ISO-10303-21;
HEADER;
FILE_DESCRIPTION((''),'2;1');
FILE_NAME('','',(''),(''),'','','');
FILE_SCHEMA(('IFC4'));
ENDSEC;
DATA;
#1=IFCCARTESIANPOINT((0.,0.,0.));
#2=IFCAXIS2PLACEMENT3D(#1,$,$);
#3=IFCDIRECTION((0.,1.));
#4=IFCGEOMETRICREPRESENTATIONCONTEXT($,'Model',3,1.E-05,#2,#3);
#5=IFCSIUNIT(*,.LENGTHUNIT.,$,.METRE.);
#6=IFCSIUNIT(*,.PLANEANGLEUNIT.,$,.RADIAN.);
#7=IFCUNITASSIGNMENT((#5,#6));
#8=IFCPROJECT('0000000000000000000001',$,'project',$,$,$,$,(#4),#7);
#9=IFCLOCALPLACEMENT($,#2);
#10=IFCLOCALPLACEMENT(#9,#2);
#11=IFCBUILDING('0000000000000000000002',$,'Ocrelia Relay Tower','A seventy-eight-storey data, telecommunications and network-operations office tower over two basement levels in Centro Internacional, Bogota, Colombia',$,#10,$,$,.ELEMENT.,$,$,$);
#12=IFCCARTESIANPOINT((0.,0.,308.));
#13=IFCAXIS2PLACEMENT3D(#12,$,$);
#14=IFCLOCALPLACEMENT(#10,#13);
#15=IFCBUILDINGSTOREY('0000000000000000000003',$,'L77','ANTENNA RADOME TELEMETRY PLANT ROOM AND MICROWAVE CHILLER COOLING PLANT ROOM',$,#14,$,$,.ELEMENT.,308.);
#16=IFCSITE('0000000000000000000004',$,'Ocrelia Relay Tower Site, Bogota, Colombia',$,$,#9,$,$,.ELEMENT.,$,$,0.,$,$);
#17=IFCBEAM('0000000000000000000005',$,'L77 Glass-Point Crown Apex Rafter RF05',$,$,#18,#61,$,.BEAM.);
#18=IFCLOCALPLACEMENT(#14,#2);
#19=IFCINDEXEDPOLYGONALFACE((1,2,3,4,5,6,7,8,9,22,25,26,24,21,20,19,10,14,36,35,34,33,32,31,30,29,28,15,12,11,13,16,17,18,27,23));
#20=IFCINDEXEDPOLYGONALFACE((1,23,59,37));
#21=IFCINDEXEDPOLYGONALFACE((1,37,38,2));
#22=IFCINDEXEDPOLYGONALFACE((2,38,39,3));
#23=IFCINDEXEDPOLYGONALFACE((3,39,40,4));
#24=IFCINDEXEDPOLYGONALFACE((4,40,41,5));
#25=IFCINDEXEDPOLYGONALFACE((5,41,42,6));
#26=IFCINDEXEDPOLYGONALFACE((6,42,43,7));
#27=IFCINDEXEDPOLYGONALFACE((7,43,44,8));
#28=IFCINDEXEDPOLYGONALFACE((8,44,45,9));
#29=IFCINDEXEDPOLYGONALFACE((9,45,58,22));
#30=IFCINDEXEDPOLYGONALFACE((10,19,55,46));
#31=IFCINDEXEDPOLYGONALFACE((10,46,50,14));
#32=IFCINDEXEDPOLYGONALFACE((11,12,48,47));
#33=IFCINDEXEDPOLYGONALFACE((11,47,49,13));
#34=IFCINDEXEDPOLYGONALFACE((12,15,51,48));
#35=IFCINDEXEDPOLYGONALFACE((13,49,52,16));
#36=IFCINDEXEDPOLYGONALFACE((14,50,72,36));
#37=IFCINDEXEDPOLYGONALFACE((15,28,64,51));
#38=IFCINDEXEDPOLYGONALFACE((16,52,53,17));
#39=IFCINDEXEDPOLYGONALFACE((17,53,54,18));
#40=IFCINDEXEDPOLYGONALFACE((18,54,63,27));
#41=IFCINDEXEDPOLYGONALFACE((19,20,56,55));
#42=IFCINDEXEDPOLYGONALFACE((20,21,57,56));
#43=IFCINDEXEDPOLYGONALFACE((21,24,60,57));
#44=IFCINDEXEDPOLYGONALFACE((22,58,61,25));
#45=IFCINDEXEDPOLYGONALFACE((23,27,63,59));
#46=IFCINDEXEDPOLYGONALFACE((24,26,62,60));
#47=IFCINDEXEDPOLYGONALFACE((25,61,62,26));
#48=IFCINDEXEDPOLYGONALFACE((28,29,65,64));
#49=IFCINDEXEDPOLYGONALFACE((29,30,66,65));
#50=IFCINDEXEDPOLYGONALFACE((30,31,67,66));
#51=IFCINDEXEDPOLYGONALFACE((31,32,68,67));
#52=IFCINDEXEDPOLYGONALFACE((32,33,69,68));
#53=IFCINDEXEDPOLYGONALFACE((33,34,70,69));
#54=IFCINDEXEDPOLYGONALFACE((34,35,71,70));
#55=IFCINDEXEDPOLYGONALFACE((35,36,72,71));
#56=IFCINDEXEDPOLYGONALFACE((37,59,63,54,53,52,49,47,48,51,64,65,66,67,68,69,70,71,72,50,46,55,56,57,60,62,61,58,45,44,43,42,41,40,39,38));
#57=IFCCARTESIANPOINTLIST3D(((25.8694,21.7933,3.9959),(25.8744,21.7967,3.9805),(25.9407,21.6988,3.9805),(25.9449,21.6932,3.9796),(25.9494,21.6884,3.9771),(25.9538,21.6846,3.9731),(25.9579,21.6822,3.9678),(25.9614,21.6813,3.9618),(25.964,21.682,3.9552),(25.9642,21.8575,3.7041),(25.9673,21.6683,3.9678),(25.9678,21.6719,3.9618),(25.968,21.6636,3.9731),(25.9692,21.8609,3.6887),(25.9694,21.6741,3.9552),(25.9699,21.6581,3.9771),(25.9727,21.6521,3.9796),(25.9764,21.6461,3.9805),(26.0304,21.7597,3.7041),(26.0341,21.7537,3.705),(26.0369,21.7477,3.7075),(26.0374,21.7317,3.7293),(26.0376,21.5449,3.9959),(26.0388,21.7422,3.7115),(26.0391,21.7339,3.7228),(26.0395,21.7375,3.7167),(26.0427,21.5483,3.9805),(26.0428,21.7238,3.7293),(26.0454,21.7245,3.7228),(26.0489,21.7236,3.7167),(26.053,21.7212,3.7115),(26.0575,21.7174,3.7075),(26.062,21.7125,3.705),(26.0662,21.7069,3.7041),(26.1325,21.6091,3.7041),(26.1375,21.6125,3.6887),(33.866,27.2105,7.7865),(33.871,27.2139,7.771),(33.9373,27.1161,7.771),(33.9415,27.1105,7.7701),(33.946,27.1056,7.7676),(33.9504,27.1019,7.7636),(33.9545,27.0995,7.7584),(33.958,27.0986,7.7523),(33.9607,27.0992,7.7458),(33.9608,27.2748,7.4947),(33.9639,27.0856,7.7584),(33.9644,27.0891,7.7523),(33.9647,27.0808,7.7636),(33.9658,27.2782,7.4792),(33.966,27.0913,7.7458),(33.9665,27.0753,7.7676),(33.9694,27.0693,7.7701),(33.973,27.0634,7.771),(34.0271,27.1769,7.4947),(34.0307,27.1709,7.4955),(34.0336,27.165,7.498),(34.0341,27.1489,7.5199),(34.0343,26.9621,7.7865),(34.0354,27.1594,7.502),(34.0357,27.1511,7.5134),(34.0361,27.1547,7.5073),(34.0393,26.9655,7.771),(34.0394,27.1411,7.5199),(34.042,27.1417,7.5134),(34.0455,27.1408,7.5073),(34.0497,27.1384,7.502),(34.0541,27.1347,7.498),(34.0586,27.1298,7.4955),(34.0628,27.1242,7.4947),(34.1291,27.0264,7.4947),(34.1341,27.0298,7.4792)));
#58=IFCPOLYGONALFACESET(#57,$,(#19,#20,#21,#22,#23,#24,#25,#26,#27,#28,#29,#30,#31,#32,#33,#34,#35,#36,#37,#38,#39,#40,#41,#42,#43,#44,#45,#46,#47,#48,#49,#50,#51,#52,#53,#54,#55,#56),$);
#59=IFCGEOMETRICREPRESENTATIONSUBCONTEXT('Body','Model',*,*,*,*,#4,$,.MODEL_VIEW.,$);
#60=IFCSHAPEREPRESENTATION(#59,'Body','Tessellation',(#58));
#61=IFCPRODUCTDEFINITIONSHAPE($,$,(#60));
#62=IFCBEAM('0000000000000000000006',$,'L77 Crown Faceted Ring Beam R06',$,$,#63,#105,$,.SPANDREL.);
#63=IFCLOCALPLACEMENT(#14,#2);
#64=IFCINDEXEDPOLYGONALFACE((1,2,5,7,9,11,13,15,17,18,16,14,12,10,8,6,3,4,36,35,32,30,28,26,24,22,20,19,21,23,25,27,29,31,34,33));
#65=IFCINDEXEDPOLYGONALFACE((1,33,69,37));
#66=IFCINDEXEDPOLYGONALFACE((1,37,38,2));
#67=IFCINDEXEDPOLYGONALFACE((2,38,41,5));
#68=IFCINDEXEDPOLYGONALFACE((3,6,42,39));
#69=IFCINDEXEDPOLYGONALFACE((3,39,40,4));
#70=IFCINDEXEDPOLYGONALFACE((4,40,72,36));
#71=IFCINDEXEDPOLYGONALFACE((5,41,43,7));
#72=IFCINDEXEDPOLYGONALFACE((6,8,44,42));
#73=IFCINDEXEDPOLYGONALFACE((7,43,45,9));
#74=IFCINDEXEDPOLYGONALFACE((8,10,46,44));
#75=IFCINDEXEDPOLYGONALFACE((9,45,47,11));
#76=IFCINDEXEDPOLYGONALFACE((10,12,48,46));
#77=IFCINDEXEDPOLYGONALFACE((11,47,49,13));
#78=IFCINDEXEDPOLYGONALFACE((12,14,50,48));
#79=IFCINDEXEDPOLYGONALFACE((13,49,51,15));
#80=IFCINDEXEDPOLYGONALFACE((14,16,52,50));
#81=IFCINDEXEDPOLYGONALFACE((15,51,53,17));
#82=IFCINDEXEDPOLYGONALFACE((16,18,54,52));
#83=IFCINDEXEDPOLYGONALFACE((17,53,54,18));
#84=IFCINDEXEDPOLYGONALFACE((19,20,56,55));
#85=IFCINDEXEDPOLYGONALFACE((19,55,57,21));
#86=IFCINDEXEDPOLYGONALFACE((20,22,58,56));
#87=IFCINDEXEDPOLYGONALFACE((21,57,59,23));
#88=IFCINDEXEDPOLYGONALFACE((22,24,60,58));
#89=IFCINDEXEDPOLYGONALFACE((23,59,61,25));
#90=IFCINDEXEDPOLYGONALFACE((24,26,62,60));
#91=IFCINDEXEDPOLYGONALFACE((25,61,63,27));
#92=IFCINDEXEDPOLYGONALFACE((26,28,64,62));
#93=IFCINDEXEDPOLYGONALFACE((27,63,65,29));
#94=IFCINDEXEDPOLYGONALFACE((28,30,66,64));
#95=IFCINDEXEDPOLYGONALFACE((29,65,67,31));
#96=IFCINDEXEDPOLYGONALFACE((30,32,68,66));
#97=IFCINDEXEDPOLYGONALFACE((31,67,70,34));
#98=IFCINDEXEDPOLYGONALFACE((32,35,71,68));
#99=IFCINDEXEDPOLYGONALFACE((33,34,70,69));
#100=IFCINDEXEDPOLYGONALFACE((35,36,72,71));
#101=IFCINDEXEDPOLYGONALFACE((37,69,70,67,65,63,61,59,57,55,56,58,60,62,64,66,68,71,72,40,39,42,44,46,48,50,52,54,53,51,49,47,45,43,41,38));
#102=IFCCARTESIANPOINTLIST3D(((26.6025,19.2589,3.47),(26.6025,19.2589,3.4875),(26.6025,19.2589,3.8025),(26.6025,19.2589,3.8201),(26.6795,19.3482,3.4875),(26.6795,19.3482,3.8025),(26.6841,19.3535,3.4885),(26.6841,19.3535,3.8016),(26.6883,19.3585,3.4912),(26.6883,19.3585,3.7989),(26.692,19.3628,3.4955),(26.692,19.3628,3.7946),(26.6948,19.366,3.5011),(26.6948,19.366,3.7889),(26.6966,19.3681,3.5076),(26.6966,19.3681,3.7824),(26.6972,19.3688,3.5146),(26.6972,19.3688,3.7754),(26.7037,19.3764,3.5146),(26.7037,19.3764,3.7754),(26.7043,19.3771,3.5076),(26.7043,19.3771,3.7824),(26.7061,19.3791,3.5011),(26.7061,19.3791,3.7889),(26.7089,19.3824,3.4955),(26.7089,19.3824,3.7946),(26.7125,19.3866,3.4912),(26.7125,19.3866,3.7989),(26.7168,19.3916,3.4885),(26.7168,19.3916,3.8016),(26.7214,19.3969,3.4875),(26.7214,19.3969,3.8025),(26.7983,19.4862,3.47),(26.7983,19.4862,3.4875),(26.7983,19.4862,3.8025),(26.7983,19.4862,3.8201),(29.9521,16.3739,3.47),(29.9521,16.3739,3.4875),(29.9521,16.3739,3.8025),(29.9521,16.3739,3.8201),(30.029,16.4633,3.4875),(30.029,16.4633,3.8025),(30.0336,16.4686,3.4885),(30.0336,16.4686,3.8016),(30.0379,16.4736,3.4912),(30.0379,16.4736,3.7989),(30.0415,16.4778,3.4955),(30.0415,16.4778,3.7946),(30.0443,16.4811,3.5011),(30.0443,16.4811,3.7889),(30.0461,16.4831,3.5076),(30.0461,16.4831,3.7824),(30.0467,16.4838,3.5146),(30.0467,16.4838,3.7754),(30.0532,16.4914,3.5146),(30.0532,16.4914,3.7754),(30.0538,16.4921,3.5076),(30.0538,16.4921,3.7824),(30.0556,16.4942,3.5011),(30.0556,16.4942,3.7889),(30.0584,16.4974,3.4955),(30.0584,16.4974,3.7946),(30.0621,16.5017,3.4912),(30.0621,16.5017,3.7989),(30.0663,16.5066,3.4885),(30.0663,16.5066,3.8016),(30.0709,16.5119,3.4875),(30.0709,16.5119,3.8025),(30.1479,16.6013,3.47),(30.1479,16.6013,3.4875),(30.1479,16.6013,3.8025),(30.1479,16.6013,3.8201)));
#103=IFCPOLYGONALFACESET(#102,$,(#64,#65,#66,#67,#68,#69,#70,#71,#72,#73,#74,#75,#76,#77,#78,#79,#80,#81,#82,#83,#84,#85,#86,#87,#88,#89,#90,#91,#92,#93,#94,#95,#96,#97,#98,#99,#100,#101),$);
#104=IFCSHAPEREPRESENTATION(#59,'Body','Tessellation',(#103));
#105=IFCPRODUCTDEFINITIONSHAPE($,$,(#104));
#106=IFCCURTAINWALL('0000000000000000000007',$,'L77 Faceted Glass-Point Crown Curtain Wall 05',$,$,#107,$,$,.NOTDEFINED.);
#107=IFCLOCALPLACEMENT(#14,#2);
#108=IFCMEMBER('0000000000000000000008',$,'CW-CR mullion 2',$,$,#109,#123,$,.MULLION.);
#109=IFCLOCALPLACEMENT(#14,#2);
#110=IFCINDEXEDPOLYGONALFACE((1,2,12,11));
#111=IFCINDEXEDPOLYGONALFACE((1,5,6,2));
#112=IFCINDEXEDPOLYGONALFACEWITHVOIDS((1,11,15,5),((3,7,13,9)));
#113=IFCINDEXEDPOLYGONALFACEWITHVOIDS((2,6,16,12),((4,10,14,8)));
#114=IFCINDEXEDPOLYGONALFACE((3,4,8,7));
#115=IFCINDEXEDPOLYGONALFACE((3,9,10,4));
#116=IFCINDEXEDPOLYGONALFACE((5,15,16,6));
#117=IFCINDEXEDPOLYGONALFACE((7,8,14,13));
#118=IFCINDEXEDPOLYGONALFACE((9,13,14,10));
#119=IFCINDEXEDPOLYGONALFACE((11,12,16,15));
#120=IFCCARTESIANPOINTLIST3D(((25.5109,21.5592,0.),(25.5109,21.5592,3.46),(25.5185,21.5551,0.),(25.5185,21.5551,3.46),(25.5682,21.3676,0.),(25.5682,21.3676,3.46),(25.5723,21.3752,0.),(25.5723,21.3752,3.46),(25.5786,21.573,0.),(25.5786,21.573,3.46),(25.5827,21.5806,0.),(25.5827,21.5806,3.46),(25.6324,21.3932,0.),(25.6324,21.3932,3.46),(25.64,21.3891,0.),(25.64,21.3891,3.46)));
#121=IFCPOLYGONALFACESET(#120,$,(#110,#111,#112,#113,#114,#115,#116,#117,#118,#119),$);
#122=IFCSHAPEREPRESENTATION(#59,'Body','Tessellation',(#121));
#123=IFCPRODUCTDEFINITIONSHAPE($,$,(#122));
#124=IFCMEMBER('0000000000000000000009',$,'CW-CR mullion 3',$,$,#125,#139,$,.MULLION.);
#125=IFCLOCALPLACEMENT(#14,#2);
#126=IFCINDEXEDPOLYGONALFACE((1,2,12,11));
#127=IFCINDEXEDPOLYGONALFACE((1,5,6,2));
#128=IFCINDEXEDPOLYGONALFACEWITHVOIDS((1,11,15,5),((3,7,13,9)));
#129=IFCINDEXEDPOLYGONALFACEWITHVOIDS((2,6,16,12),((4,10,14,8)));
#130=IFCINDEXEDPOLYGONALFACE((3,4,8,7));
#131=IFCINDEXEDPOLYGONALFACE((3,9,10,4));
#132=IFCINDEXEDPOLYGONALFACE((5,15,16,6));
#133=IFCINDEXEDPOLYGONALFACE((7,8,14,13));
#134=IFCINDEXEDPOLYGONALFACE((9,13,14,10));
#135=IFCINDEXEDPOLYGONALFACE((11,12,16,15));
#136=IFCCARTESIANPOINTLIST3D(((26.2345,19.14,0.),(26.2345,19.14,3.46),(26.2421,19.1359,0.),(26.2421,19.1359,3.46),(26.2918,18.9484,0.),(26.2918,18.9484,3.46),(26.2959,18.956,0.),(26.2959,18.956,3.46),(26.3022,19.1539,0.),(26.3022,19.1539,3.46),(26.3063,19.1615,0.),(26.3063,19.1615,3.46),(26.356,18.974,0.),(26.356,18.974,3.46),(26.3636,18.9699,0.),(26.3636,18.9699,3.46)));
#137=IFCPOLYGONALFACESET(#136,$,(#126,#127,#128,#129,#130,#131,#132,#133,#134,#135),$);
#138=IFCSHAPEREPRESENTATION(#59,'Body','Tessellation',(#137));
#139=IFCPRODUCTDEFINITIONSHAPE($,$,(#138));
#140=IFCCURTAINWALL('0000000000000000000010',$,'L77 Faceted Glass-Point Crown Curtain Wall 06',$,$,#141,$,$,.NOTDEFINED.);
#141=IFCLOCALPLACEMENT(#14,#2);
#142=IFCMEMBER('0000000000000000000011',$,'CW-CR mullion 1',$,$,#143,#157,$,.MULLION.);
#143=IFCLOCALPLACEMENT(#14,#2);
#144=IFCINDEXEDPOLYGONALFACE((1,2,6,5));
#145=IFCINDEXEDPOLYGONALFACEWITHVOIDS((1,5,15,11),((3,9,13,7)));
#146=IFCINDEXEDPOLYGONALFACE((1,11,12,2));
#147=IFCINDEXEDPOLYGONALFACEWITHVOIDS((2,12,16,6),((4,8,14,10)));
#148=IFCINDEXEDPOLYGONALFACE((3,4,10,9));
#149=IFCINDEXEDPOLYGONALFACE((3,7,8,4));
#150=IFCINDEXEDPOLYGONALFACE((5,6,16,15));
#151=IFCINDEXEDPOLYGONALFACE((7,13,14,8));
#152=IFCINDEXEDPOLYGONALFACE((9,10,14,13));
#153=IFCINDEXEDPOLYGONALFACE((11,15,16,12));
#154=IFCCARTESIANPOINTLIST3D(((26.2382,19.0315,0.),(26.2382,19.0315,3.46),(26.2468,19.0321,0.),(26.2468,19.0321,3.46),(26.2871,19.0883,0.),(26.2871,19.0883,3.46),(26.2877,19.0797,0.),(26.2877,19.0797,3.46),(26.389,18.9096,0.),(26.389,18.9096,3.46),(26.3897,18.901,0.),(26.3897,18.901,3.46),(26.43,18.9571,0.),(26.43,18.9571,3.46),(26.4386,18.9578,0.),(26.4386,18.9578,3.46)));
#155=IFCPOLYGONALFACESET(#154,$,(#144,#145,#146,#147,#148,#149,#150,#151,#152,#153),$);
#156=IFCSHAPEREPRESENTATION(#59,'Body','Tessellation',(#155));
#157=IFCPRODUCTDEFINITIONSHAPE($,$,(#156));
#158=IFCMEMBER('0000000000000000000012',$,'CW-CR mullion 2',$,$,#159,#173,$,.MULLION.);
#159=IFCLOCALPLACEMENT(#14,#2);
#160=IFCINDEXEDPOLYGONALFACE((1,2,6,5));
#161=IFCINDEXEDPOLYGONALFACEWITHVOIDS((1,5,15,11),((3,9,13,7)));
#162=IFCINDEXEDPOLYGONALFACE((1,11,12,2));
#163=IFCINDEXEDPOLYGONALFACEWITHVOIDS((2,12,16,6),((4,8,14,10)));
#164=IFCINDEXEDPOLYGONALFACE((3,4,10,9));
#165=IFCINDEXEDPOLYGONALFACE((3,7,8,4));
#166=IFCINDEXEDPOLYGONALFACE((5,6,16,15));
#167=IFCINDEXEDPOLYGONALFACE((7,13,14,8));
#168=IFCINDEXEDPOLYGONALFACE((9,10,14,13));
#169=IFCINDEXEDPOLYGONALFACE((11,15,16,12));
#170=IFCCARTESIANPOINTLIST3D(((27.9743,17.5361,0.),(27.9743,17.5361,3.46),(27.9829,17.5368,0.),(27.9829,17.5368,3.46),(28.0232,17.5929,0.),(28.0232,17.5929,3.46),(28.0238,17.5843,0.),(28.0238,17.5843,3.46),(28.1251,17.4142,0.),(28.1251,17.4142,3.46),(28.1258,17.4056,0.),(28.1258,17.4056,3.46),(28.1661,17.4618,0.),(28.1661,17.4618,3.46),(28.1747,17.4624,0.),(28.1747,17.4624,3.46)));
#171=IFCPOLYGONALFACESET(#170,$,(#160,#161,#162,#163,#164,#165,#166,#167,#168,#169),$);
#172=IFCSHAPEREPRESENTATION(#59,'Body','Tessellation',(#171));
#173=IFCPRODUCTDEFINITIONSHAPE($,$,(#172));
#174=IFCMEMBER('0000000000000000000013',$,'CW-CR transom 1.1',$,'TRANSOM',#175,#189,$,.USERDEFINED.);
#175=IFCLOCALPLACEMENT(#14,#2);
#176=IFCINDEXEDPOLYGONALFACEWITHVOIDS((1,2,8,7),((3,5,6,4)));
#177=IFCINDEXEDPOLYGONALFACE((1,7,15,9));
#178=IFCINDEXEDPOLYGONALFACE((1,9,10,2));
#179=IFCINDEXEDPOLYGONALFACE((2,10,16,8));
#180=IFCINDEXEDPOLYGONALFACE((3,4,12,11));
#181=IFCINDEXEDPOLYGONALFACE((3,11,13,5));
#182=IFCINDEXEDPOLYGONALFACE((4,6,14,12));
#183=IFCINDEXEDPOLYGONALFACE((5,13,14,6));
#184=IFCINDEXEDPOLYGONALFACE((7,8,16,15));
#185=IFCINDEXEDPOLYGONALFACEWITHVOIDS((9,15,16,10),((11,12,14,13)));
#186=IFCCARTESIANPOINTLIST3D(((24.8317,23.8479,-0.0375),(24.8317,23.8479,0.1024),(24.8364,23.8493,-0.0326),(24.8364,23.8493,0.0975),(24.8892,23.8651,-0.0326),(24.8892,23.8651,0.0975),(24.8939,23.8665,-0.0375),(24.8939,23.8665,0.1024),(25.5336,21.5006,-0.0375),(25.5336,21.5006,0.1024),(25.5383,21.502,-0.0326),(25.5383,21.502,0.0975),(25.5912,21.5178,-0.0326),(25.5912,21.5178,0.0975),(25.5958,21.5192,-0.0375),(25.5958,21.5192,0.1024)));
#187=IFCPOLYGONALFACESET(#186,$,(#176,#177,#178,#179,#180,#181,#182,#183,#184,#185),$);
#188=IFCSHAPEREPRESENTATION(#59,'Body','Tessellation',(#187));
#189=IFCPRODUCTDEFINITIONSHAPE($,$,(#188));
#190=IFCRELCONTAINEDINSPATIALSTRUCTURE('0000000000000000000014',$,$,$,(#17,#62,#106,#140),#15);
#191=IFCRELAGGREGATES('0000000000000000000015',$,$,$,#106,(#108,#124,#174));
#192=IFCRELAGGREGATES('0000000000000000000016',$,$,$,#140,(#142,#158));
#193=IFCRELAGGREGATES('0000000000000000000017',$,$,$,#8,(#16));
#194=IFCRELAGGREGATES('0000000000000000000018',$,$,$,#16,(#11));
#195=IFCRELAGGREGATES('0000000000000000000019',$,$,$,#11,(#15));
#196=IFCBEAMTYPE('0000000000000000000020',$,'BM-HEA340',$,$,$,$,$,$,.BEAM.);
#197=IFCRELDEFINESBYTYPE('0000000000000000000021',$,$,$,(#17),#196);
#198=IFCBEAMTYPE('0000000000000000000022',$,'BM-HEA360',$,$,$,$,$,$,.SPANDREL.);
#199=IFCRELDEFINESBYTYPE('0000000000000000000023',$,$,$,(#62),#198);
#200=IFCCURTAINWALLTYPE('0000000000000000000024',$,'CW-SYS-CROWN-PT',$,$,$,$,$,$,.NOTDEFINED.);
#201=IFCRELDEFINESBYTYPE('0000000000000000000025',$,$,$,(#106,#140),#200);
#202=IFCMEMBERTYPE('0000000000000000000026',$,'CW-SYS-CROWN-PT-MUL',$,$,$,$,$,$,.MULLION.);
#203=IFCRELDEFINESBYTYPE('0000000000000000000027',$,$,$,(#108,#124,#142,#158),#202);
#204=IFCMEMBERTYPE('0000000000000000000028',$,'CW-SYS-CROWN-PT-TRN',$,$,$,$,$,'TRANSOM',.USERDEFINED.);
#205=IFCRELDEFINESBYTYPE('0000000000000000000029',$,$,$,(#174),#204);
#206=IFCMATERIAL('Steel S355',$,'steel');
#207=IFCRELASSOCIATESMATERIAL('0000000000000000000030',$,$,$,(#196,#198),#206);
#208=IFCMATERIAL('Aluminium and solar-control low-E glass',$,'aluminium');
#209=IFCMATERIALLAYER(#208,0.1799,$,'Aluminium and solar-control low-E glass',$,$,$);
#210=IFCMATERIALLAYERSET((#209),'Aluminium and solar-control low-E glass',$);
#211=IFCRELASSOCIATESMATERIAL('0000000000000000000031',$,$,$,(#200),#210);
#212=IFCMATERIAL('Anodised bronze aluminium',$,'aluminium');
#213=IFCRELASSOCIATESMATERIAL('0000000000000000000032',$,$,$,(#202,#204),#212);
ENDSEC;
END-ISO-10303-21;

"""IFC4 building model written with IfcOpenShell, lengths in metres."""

from ifc_helpers import new_model, si_unit, direction, frame, origin, origin_2d, place, context, subcontext, project, spatial, hollow_rectangle, i_section, extrude, material, layer, layer_set, material_profile, profile_set, type_object, element, aggregate, save


model = new_model("IFC4")

# Units and contexts
model_context = context("Model", 3, precision=1e-05, world=origin(), true_north=direction((0.0, 1.0)))
body_context = subcontext(model_context, "Body", "Model", "MODEL_VIEW")
ifc_project = project(units=[si_unit("LENGTHUNIT", "METRE"), si_unit("PLANEANGLEUNIT", "RADIAN")], contexts=[model_context])

# Site, building, storey
site_placement = place(None, origin())
site = spatial("IfcSite", under=ifc_project, at=site_placement, Name="Ocrelia Relay Tower Site, Bogota, Colombia", CompositionType="ELEMENT", RefElevation=0.0)
building_placement = place(site_placement, origin())
building = spatial("IfcBuilding", under=site, at=building_placement, Name="Ocrelia Relay Tower", Description="A seventy-eight-storey data, telecommunications and network-operations office tower over two basement levels in Centro Internacional, Bogota, Colombia", CompositionType="ELEMENT")
storey_placement = place(building_placement, frame((0.0, 0.0, 308.0)))
storey = spatial("IfcBuildingStorey", under=building, at=storey_placement, Name="L77", Description="ANTENNA RADOME TELEMETRY PLANT ROOM AND MICROWAVE CHILLER COOLING PLANT ROOM", CompositionType="ELEMENT", Elevation=308.0)

# Beams
ifc_material_1 = material(Name="Steel S355", Category="steel")
ifc_material_profile_1 = material_profile(ifc_material_1, i_section(OverallWidth=0.3, OverallDepth=0.3301, WebThickness=0.0095, FlangeThickness=0.0166, FilletRadius=0.0271, at=origin_2d()), Name="HEA 340")
ifc_profile_set_1 = profile_set([ifc_material_profile_1], Name="Steel S355")
beam_type_1 = type_object("IfcBeamType", Name="BM-HEA340", PredefinedType="BEAM", material=ifc_profile_set_1)
beam_1_placement = place(storey_placement, frame((26.0034, 21.7029, 3.8423), z_axis=(0.770686, 0.522097, 0.365319), x_axis=(-0.560862, 0.827909, 0.0)))
element("IfcBeam", 1, at=beam_1_placement, inside=storey, type_object=beam_type_1, Name="L77 Glass-Point Crown Apex Rafter RF05", PredefinedType="BEAM", context=body_context, shape_type="SweptSolid", body=[
    extrude(i_section(OverallWidth=0.3, OverallDepth=0.3301, WebThickness=0.0095, FlangeThickness=0.0166, FilletRadius=0.0271, at=origin_2d()), origin(), (0.0, 0.0, 1.0), 10.376),
])
ifc_material_profile_2 = material_profile(ifc_material_1, i_section(OverallWidth=0.3, OverallDepth=0.3501, WebThickness=0.01, FlangeThickness=0.0176, FilletRadius=0.0271, at=origin_2d()), Name="HEA 360")
ifc_profile_set_2 = profile_set([ifc_material_profile_2], Name="Steel S355")
beam_type_2 = type_object("IfcBeamType", Name="BM-HEA360", PredefinedType="SPANDREL", material=ifc_profile_set_2)
beam_2_placement = place(storey_placement, frame((26.7004, 19.3726, 3.645), z_axis=(0.757699, -0.652604, 0.0), x_axis=(0.652604, 0.757699, 0.0)))
element("IfcBeam", 2, at=beam_2_placement, inside=storey, type_object=beam_type_2, Name="L77 Crown Faceted Ring Beam R06", PredefinedType="SPANDREL", context=body_context, shape_type="SweptSolid", body=[
    extrude(i_section(OverallWidth=0.3, OverallDepth=0.3501, WebThickness=0.01, FlangeThickness=0.0176, FilletRadius=0.0271, at=origin_2d()), origin(), (0.0, 0.0, 1.0), 4.4207),
])

# Curtain walls, members
ifc_material_2 = material(Name="Aluminium and solar-control low-E glass", Category="aluminium")
ifc_layer_1 = layer(ifc_material_2, 0.1799, Name="Aluminium and solar-control low-E glass")
ifc_layer_set_1 = layer_set([ifc_layer_1], Name="Aluminium and solar-control low-E glass")
curtain_wall_type = type_object("IfcCurtainWallType", Name="CW-SYS-CROWN-PT", PredefinedType="NOTDEFINED", material=ifc_layer_set_1)
curtain_wall_1_placement = place(storey_placement, origin())
curtain_wall_1 = element("IfcCurtainWall", 3, at=curtain_wall_1_placement, inside=storey, type_object=curtain_wall_type, Name="L77 Faceted Glass-Point Crown Curtain Wall 05", PredefinedType="NOTDEFINED")
ifc_material_3 = material(Name="Anodised bronze aluminium", Category="aluminium")
ifc_material_profile_3 = material_profile(ifc_material_3, hollow_rectangle(XDim=0.075, YDim=0.2, WallThickness=0.0061, at=origin_2d()), Name="CW-MUL-200x75")
ifc_profile_set_3 = profile_set([ifc_material_profile_3], Name="Anodised bronze aluminium")
member_type_1 = type_object("IfcMemberType", Name="CW-SYS-CROWN-PT-MUL", PredefinedType="MULLION", material=ifc_profile_set_3)
member_1_placement = place(storey_placement, frame((25.5754, 21.4741, 0.0), z_axis=(0.0, 0.0, 1.0), x_axis=(0.958057, 0.286578, 0.0)))
member_1 = element("IfcMember", 4, at=member_1_placement, type_object=member_type_1, Name="CW-CR mullion 2", PredefinedType="MULLION", context=body_context, shape_type="SweptSolid", body=[
    extrude(hollow_rectangle(XDim=0.075, YDim=0.2, WallThickness=0.0061, at=origin_2d()), origin(), (0.0, 0.0, 1.0), 3.46),
])
member_2_placement = place(storey_placement, frame((26.2991, 19.0549, 0.0), z_axis=(0.0, 0.0, 1.0), x_axis=(0.958057, 0.286578, 0.0)))
member_2 = element("IfcMember", 5, at=member_2_placement, type_object=member_type_1, Name="CW-CR mullion 3", PredefinedType="MULLION", context=body_context, shape_type="SweptSolid", body=[
    extrude(hollow_rectangle(XDim=0.075, YDim=0.2, WallThickness=0.0061, at=origin_2d()), origin(), (0.0, 0.0, 1.0), 3.46),
])
curtain_wall_2_placement = place(storey_placement, origin())
curtain_wall_2 = element("IfcCurtainWall", 6, at=curtain_wall_2_placement, inside=storey, type_object=curtain_wall_type, Name="L77 Faceted Glass-Point Crown Curtain Wall 06", PredefinedType="NOTDEFINED")
member_3_placement = place(storey_placement, frame((26.3384, 18.9946, 0.0), z_axis=(0.0, 0.0, 1.0), x_axis=(0.652581, 0.757719, 0.0)))
member_3 = element("IfcMember", 7, at=member_3_placement, type_object=member_type_1, Name="CW-CR mullion 1", PredefinedType="MULLION", context=body_context, shape_type="SweptSolid", body=[
    extrude(hollow_rectangle(XDim=0.075, YDim=0.2, WallThickness=0.0061, at=origin_2d()), origin(), (0.0, 0.0, 1.0), 3.46),
])
member_4_placement = place(storey_placement, frame((28.0745, 17.4993, 0.0), z_axis=(0.0, 0.0, 1.0), x_axis=(0.652581, 0.757719, 0.0)))
member_4 = element("IfcMember", 8, at=member_4_placement, type_object=member_type_1, Name="CW-CR mullion 2", PredefinedType="MULLION", context=body_context, shape_type="SweptSolid", body=[
    extrude(hollow_rectangle(XDim=0.075, YDim=0.2, WallThickness=0.0061, at=origin_2d()), origin(), (0.0, 0.0, 1.0), 3.46),
])

# Member
ifc_material_profile_4 = material_profile(ifc_material_3, hollow_rectangle(XDim=0.0649, YDim=0.1399, WallThickness=0.0049, at=origin_2d()), Name="CW-TRN-140x65")
ifc_profile_set_4 = profile_set([ifc_material_profile_4], Name="Anodised bronze aluminium")
member_type_2 = type_object("IfcMemberType", Name="CW-SYS-CROWN-PT-TRN", ElementType="TRANSOM", PredefinedType="USERDEFINED", material=ifc_profile_set_4)
member_5_placement = place(storey_placement, frame((24.8628, 23.8572, 0.0325), z_axis=(0.286507, -0.958078, 0.0), x_axis=(0.958078, 0.286507, 0.0)))
member_5 = element("IfcMember", 9, at=member_5_placement, type_object=member_type_2, Name="CW-CR transom 1.1", ObjectType="TRANSOM", PredefinedType="USERDEFINED", context=body_context, shape_type="SweptSolid", body=[
    extrude(hollow_rectangle(XDim=0.0649, YDim=0.1399, WallThickness=0.0049, at=origin_2d()), origin(), (0.0, 0.0, 1.0), 2.45),
])

aggregate(curtain_wall_1, [member_1, member_2, member_5])
aggregate(curtain_wall_2, [member_3, member_4])

save(model, "model.ifc")
